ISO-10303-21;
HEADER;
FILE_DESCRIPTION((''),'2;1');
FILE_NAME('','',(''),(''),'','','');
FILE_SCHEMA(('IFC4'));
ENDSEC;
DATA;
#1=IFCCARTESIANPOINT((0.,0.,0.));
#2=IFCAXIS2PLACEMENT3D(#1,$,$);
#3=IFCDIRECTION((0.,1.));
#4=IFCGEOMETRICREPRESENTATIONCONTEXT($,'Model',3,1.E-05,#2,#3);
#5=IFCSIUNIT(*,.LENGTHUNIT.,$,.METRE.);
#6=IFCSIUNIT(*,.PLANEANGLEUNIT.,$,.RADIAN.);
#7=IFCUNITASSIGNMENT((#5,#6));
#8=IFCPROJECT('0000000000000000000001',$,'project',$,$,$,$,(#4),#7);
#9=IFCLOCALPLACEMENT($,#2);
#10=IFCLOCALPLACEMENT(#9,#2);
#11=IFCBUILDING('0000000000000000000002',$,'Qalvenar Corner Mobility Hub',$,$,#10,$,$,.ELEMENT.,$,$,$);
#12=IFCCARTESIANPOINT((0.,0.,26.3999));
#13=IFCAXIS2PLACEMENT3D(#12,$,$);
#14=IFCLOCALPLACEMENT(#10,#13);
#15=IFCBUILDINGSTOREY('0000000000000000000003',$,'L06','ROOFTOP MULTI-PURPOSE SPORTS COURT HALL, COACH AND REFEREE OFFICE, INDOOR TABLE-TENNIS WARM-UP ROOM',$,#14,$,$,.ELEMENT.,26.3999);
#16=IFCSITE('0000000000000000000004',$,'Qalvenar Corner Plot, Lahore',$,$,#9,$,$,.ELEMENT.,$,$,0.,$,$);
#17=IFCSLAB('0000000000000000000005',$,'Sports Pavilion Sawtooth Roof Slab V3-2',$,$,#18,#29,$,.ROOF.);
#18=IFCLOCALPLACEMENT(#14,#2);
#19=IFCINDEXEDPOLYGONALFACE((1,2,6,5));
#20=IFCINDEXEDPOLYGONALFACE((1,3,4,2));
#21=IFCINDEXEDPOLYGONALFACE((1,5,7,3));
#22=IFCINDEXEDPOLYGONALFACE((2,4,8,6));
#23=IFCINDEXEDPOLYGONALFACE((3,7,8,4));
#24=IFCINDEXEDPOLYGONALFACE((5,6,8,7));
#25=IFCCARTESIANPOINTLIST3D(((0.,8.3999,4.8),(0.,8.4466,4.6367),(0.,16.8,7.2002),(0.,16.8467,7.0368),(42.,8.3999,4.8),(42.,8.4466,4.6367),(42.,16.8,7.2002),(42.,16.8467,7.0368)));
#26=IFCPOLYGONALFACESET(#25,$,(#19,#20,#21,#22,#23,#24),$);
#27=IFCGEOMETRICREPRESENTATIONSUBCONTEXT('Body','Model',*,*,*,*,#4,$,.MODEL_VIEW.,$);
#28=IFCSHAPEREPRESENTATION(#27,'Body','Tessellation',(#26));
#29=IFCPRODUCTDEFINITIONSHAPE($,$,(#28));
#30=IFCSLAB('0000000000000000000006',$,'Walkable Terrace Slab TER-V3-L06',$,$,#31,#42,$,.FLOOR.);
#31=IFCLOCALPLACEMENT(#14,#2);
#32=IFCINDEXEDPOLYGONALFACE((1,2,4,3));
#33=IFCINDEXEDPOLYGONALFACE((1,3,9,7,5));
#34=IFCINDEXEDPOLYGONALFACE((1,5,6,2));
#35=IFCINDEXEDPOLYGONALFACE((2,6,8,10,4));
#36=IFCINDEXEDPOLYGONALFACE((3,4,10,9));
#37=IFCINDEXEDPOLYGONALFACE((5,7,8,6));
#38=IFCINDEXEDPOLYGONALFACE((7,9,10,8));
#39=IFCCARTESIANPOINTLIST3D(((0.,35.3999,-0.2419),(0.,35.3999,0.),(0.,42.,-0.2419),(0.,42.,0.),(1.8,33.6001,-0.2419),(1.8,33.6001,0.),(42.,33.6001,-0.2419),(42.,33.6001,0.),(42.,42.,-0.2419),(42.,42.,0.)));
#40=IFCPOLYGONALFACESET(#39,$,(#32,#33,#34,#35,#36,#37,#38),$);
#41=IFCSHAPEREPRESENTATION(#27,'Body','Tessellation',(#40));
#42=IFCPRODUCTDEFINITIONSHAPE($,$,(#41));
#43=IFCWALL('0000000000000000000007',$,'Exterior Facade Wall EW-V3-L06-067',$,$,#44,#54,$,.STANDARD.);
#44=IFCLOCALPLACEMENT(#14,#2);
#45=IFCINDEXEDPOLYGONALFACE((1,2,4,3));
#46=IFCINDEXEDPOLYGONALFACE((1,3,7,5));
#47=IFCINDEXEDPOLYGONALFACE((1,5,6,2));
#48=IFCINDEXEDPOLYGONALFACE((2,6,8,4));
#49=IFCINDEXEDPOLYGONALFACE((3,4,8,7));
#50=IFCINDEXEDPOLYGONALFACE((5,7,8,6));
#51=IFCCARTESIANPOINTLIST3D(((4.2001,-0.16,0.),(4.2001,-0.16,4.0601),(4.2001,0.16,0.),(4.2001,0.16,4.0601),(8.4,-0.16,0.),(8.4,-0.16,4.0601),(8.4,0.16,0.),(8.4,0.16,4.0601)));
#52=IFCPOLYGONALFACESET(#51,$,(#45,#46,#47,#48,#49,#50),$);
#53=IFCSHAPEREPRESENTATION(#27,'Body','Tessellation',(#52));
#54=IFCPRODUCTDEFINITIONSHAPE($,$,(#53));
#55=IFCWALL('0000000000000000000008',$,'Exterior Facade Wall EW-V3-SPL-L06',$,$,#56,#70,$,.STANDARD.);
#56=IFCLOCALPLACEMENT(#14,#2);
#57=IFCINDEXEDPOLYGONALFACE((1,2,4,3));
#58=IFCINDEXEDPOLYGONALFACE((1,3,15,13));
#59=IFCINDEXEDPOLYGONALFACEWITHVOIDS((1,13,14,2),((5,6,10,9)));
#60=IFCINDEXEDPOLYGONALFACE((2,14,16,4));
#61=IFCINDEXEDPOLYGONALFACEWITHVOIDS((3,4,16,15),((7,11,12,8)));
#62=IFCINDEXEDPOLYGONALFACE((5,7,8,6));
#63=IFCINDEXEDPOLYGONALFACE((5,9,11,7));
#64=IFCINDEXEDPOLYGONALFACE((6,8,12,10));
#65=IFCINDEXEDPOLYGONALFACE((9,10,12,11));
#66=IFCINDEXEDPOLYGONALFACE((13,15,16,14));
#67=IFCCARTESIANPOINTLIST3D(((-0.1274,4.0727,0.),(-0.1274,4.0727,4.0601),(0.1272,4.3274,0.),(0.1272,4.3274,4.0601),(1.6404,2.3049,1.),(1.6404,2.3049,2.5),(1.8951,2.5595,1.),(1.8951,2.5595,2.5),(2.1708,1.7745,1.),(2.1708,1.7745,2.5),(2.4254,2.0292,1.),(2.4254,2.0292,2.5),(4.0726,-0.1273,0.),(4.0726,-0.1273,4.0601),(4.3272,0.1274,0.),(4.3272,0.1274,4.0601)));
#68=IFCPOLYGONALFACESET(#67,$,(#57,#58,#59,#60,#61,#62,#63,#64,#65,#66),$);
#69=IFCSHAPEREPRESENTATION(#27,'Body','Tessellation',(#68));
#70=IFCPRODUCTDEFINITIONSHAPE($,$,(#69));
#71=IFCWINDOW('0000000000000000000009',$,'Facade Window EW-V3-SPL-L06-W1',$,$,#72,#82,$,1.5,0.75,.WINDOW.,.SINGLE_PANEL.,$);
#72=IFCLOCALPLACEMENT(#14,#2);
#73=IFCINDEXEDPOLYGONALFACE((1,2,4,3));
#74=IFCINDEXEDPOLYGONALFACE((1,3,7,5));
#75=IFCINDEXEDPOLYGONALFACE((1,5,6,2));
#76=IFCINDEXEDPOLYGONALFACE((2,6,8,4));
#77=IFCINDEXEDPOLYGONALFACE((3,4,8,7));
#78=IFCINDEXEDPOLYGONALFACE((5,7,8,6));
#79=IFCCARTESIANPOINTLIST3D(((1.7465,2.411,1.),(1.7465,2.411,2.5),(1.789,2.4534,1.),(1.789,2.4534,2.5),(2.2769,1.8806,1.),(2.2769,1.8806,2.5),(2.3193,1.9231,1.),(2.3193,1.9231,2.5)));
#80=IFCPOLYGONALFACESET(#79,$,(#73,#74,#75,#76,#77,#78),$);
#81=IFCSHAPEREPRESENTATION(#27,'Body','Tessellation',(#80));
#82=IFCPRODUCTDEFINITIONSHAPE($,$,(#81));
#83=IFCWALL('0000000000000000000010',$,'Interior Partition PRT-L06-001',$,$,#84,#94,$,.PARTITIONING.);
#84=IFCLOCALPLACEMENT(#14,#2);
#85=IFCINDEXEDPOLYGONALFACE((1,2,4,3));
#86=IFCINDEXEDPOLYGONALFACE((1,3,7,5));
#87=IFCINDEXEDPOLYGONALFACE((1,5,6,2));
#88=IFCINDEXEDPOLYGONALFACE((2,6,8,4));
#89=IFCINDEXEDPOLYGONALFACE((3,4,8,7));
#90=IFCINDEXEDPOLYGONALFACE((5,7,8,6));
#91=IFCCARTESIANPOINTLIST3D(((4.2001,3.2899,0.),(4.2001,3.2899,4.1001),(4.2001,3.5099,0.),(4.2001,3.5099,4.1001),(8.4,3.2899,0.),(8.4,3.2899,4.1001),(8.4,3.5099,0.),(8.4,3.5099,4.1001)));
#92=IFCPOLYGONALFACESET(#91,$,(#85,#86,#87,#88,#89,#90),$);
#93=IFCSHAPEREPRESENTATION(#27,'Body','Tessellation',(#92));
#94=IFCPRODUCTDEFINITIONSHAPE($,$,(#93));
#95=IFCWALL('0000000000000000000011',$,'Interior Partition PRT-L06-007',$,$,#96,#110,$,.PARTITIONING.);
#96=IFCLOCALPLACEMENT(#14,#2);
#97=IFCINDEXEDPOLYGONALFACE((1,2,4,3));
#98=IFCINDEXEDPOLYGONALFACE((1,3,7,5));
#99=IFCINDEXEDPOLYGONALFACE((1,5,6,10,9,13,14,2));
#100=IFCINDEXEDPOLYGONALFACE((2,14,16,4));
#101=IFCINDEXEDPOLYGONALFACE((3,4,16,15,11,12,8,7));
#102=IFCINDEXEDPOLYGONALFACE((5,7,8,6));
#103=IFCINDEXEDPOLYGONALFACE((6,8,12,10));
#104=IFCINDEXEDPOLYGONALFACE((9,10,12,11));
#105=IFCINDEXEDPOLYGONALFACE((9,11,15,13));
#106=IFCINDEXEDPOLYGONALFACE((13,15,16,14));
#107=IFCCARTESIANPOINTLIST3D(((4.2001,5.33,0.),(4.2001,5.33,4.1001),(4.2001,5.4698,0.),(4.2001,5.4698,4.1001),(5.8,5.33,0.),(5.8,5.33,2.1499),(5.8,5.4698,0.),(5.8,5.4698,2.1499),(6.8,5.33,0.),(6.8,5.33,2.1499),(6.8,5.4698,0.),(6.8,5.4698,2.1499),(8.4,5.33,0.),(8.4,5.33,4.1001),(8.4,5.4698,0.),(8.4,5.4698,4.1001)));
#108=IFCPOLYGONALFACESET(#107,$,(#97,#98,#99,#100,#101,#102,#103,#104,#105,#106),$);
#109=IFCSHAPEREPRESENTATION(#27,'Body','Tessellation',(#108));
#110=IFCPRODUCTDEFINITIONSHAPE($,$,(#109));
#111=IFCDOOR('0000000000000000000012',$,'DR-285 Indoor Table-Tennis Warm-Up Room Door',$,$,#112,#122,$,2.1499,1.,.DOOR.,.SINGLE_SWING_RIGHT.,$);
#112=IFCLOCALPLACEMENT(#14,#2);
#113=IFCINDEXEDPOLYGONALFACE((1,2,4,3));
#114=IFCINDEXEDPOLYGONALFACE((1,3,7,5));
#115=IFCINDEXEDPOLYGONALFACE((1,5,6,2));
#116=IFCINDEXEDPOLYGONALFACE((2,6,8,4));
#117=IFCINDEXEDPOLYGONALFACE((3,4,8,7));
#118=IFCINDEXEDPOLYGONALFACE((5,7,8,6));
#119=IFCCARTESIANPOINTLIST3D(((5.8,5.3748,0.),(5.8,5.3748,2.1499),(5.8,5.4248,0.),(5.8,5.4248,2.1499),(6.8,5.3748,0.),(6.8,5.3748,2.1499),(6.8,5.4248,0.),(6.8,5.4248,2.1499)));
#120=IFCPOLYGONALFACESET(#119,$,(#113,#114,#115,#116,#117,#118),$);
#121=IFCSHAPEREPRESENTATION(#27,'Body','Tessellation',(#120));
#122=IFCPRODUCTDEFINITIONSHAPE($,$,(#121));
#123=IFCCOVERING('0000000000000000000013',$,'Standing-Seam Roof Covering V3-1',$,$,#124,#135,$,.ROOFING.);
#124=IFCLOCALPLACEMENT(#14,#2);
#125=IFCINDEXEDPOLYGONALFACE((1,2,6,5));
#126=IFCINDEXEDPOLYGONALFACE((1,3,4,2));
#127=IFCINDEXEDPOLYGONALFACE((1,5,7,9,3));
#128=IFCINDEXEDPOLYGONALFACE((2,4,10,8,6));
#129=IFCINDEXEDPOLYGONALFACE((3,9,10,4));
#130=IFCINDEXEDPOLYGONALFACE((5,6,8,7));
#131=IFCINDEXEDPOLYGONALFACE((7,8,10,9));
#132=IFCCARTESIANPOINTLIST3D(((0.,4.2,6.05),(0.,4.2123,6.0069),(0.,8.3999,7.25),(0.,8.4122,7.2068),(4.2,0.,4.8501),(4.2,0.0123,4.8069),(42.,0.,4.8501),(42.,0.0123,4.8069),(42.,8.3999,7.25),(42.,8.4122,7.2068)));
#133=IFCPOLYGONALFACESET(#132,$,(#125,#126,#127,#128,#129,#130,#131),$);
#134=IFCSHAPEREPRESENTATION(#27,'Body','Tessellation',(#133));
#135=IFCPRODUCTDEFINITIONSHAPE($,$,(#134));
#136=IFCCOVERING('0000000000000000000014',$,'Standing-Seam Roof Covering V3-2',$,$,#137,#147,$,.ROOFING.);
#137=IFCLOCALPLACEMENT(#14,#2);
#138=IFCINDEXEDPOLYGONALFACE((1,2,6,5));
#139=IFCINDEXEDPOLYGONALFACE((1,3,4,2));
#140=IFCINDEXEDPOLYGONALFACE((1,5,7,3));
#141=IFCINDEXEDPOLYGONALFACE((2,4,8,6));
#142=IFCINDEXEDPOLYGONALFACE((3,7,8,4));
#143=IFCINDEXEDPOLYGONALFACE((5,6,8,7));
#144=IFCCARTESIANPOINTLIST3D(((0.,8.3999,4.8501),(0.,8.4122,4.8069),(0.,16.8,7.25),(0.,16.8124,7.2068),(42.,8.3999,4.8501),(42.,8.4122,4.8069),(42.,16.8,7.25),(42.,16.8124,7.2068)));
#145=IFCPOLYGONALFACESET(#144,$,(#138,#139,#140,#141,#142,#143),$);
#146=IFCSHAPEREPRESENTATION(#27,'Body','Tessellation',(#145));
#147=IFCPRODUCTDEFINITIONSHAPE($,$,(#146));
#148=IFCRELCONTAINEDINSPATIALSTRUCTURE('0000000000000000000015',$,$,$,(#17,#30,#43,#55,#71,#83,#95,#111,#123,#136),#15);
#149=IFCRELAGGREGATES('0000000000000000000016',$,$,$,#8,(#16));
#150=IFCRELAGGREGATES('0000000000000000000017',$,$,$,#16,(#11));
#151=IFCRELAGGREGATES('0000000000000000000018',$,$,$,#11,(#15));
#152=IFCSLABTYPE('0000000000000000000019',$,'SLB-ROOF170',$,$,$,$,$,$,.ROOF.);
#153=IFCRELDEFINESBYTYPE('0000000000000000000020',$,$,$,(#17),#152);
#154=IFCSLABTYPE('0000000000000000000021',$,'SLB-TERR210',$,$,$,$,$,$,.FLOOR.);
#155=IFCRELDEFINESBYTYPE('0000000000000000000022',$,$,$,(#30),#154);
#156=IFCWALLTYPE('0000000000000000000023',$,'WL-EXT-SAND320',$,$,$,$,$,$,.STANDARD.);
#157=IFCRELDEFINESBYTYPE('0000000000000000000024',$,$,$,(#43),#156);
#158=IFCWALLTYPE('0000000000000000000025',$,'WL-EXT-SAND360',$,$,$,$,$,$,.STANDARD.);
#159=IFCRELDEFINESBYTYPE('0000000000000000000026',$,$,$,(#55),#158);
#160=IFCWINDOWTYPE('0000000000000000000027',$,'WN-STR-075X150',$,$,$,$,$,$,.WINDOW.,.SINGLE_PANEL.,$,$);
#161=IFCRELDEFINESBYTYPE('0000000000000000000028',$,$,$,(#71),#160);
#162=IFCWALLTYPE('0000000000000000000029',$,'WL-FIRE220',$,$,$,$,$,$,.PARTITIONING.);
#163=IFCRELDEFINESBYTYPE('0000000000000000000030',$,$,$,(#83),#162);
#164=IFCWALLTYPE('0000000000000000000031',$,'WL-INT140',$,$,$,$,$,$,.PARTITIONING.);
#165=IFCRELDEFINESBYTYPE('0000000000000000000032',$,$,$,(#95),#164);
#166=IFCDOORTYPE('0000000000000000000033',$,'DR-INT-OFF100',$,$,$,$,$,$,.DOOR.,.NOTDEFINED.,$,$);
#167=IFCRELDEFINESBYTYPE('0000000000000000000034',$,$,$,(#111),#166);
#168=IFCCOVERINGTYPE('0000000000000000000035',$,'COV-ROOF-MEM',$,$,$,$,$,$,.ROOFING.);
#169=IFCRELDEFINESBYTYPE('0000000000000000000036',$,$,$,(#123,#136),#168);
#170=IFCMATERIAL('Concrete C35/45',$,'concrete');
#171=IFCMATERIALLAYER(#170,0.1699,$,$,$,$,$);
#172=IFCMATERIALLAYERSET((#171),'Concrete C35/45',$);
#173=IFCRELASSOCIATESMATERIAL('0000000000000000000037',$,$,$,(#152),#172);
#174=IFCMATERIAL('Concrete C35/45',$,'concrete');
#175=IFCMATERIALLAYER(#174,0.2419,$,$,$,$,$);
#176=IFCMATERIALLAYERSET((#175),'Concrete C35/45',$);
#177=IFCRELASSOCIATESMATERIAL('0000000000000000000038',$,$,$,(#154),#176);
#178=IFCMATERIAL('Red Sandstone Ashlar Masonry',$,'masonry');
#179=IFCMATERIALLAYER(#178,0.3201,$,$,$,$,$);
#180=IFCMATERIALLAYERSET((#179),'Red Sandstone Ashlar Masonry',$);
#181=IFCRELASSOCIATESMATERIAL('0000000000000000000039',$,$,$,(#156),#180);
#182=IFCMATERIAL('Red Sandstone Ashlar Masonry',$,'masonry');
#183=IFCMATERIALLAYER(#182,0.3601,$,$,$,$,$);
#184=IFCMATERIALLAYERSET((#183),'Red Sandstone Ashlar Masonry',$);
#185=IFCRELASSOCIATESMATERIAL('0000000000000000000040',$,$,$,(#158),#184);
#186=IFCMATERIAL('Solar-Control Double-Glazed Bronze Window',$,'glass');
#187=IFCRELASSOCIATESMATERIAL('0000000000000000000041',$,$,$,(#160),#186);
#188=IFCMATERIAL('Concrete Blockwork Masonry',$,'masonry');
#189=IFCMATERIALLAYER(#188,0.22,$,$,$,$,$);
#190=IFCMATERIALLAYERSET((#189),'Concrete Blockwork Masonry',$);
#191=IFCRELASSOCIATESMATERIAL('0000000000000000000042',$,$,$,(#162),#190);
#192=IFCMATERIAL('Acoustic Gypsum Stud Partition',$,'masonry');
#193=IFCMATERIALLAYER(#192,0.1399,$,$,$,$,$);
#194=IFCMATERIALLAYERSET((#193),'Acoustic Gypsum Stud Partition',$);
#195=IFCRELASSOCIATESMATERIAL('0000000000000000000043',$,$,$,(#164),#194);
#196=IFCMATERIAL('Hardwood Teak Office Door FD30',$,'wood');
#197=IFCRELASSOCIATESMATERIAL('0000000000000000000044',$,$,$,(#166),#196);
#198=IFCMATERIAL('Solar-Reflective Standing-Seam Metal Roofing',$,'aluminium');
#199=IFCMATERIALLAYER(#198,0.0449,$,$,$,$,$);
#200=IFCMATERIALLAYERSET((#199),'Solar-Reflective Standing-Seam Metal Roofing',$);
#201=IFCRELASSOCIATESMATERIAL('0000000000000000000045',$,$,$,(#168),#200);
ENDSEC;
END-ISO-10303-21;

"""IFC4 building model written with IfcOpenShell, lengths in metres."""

from ifc_helpers import new_model, si_unit, direction, frame, frame_2d, origin, place, context, subcontext, project, spatial, polyline, rectangle, outline, extrude, material, layer, layer_set, type_object, element, fill, save


model = new_model("IFC4")

# Units and contexts
model_context = context("Model", 3, precision=1e-05, world=origin(), true_north=direction((0.0, 1.0)))
body_context = subcontext(model_context, "Body", "Model", "MODEL_VIEW")
ifc_project = project(units=[si_unit("LENGTHUNIT", "METRE"), si_unit("PLANEANGLEUNIT", "RADIAN")], contexts=[model_context])

# Site, building, storey
site_placement = place(None, origin())
site = spatial("IfcSite", under=ifc_project, at=site_placement, Name="Qalvenar Corner Plot, Lahore", CompositionType="ELEMENT", RefElevation=0.0)
building_placement = place(site_placement, origin())
building = spatial("IfcBuilding", under=site, at=building_placement, Name="Qalvenar Corner Mobility Hub", CompositionType="ELEMENT")
storey_placement = place(building_placement, frame((0.0, 0.0, 26.3999)))
storey = spatial("IfcBuildingStorey", under=building, at=storey_placement, Name="L06", Description="ROOFTOP MULTI-PURPOSE SPORTS COURT HALL, COACH AND REFEREE OFFICE, INDOOR TABLE-TENNIS WARM-UP ROOM", CompositionType="ELEMENT", Elevation=26.3999)

# Slabs
ifc_material_1 = material(Name="Concrete C35/45", Category="concrete")
ifc_layer_1 = layer(ifc_material_1, 0.1699)
ifc_layer_set_1 = layer_set([ifc_layer_1], Name="Concrete C35/45")
slab_type_1 = type_object("IfcSlabType", Name="SLB-ROOF170", PredefinedType="ROOF", material=ifc_layer_set_1)
slab_1_placement = place(storey_placement, frame((0.0, 8.3999, 4.8), z_axis=(0.0, -0.274732, 0.961521), x_axis=(1.0, 0.0, 0.0)))
element("IfcSlab", 1, at=slab_1_placement, inside=storey, type_object=slab_type_1, Name="Sports Pavilion Sawtooth Roof Slab V3-2", PredefinedType="ROOF", context=body_context, shape_type="SweptSolid", body=[
    extrude(outline(polyline([(0.0, 0.0), (42.0, 0.0), (42.0, 8.7363), (0.0, 8.7363), (0.0, 0.0)])), origin(), (0.0, 0.0, -1.0), 0.1699),
])
ifc_material_2 = material(Name="Concrete C35/45", Category="concrete")
ifc_layer_2 = layer(ifc_material_2, 0.2419)
ifc_layer_set_2 = layer_set([ifc_layer_2], Name="Concrete C35/45")
slab_type_2 = type_object("IfcSlabType", Name="SLB-TERR210", PredefinedType="FLOOR", material=ifc_layer_set_2)
slab_2_placement = place(storey_placement, frame((0.0, 0.0, -0.2419)))
element("IfcSlab", 2, at=slab_2_placement, inside=storey, type_object=slab_type_2, Name="Walkable Terrace Slab TER-V3-L06", PredefinedType="FLOOR", context=body_context, shape_type="SweptSolid", body=[
    extrude(outline(polyline([(1.8, 33.6001), (42.0, 33.6001), (42.0, 42.0), (0.0, 42.0), (0.0, 35.3999), (1.8, 33.6001)])), origin(), (0.0, 0.0, 1.0), 0.2419),
])

# Wall
ifc_material_3 = material(Name="Red Sandstone Ashlar Masonry", Category="masonry")
ifc_layer_3 = layer(ifc_material_3, 0.3201)
ifc_layer_set_3 = layer_set([ifc_layer_3], Name="Red Sandstone Ashlar Masonry")
wall_type_1 = type_object("IfcWallType", Name="WL-EXT-SAND320", PredefinedType="STANDARD", material=ifc_layer_set_3)
wall_1_placement = place(storey_placement, frame((4.2, 0.0, 0.0), z_axis=(0.0, 0.0, 1.0), x_axis=(1.0, 0.0, 0.0)))
element("IfcWall", 3, at=wall_1_placement, inside=storey, type_object=wall_type_1, Name="Exterior Facade Wall EW-V3-L06-067", PredefinedType="STANDARD", context=body_context, shape_type="SweptSolid", body=[
    extrude(rectangle(XDim=4.2, YDim=0.3201, at=frame_2d((2.1001, 0.0))), origin(), (0.0, 0.0, 1.0), 4.0601),
])

# Wall, opening, window
ifc_material_4 = material(Name="Red Sandstone Ashlar Masonry", Category="masonry")
ifc_layer_4 = layer(ifc_material_4, 0.3601)
ifc_layer_set_4 = layer_set([ifc_layer_4], Name="Red Sandstone Ashlar Masonry")
wall_type_2 = type_object("IfcWallType", Name="WL-EXT-SAND360", PredefinedType="STANDARD", material=ifc_layer_set_4)
wall_2_placement = place(storey_placement, frame((0.0, 4.2, 0.0), z_axis=(0.0, 0.0, 1.0), x_axis=(0.707107, -0.707107, 0.0)))
wall_2 = element("IfcWall", 4, at=wall_2_placement, inside=storey, type_object=wall_type_2, Name="Exterior Facade Wall EW-V3-SPL-L06", PredefinedType="STANDARD", context=body_context, shape_type="SweptSolid", body=[
    extrude(rectangle(XDim=5.9397, YDim=0.3601, at=frame_2d((2.9697, 0.0))), origin(), (0.0, 0.0, 1.0), 4.0601),
])
opening_1_placement = place(wall_2_placement, frame((2.5, 0.0, 1.0)))
opening_1 = element("IfcOpeningElement", 5, at=opening_1_placement, cuts=wall_2, PredefinedType="OPENING", context=body_context, shape_type="SweptSolid", body=[
    extrude(rectangle(XDim=0.75, YDim=1.5, at=frame_2d((0.375, 0.75))), frame((0.0, 0.1899, 0.0), z_axis=(0.0, -1.0, 0.0), x_axis=(1.0, 0.0, 0.0)), (0.0, 0.0, 1.0), 0.3801),
])
ifc_material_5 = material(Name="Solar-Control Double-Glazed Bronze Window", Category="glass")
window_type = type_object("IfcWindowType", Name="WN-STR-075X150", PartitioningType="SINGLE_PANEL", PredefinedType="WINDOW", material=ifc_material_5)
window_placement = place(opening_1_placement, origin())
window = element("IfcWindow", 6, at=window_placement, inside=storey, type_object=window_type, Name="Facade Window EW-V3-SPL-L06-W1", OverallHeight=1.5, OverallWidth=0.75, PartitioningType="SINGLE_PANEL", PredefinedType="WINDOW", context=body_context, shape_type="SweptSolid", body=[
    extrude(rectangle(XDim=0.75, YDim=1.5, at=frame_2d((0.375, 0.75))), frame((0.0, 0.03, 0.0), z_axis=(0.0, -1.0, 0.0), x_axis=(1.0, 0.0, 0.0)), (0.0, 0.0, 1.0), 0.0601),
])
fill(opening_1, window)

# Wall
ifc_material_6 = material(Name="Concrete Blockwork Masonry", Category="masonry")
ifc_layer_5 = layer(ifc_material_6, 0.22)
ifc_layer_set_5 = layer_set([ifc_layer_5], Name="Concrete Blockwork Masonry")
wall_type_3 = type_object("IfcWallType", Name="WL-FIRE220", PredefinedType="PARTITIONING", material=ifc_layer_set_5)
wall_3_placement = place(storey_placement, frame((4.2, 3.3999, 0.0), z_axis=(0.0, 0.0, 1.0), x_axis=(1.0, 0.0, 0.0)))
element("IfcWall", 7, at=wall_3_placement, inside=storey, type_object=wall_type_3, Name="Interior Partition PRT-L06-001", PredefinedType="PARTITIONING", context=body_context, shape_type="SweptSolid", body=[
    extrude(rectangle(XDim=4.2, YDim=0.22, at=frame_2d((2.1001, 0.0))), origin(), (0.0, 0.0, 1.0), 4.1001),
])

# Wall, opening, door
ifc_material_7 = material(Name="Acoustic Gypsum Stud Partition", Category="masonry")
ifc_layer_6 = layer(ifc_material_7, 0.1399)
ifc_layer_set_6 = layer_set([ifc_layer_6], Name="Acoustic Gypsum Stud Partition")
wall_type_4 = type_object("IfcWallType", Name="WL-INT140", PredefinedType="PARTITIONING", material=ifc_layer_set_6)
wall_4_placement = place(storey_placement, frame((4.2, 5.3999, 0.0), z_axis=(0.0, 0.0, 1.0), x_axis=(1.0, 0.0, 0.0)))
wall_4 = element("IfcWall", 8, at=wall_4_placement, inside=storey, type_object=wall_type_4, Name="Interior Partition PRT-L06-007", PredefinedType="PARTITIONING", context=body_context, shape_type="SweptSolid", body=[
    extrude(rectangle(XDim=4.2, YDim=0.1399, at=frame_2d((2.1001, 0.0))), origin(), (0.0, 0.0, 1.0), 4.1001),
])
opening_2_placement = place(wall_4_placement, frame((1.6001, 0.0, 0.0)))
opening_2 = element("IfcOpeningElement", 9, at=opening_2_placement, cuts=wall_4, PredefinedType="OPENING", context=body_context, shape_type="SweptSolid", body=[
    extrude(rectangle(XDim=1.0, YDim=2.1499, at=frame_2d((0.5, 1.075))), frame((0.0, 0.0801, 0.0), z_axis=(0.0, -1.0, 0.0), x_axis=(1.0, 0.0, 0.0)), (0.0, 0.0, 1.0), 0.1599),
])
ifc_material_8 = material(Name="Hardwood Teak Office Door FD30", Category="wood")
door_type = type_object("IfcDoorType", Name="DR-INT-OFF100", OperationType="NOTDEFINED", PredefinedType="DOOR", material=ifc_material_8)
door_placement = place(opening_2_placement, origin())
door = element("IfcDoor", 10, at=door_placement, inside=storey, type_object=door_type, Name="DR-285 Indoor Table-Tennis Warm-Up Room Door", OperationType="SINGLE_SWING_RIGHT", OverallHeight=2.1499, OverallWidth=1.0, PredefinedType="DOOR", context=body_context, shape_type="SweptSolid", body=[
    extrude(rectangle(XDim=1.0, YDim=2.1499, at=frame_2d((0.5, 1.075))), frame((0.0, 0.0249, 0.0), z_axis=(0.0, -1.0, 0.0), x_axis=(1.0, 0.0, 0.0)), (0.0, 0.0, 1.0), 0.05),
])
fill(opening_2, door)

# Coverings
ifc_material_9 = material(Name="Solar-Reflective Standing-Seam Metal Roofing", Category="aluminium")
ifc_layer_7 = layer(ifc_material_9, 0.0449)
ifc_layer_set_7 = layer_set([ifc_layer_7], Name="Solar-Reflective Standing-Seam Metal Roofing")
covering_type = type_object("IfcCoveringType", Name="COV-ROOF-MEM", PredefinedType="ROOFING", material=ifc_layer_set_7)
covering_1_placement = place(storey_placement, frame((4.2, 0.0, 4.8501), z_axis=(0.0, -0.274714, 0.961526), x_axis=(1.0, 0.0, 0.0)))
element("IfcCovering", 11, at=covering_1_placement, inside=storey, type_object=covering_type, Name="Standing-Seam Roof Covering V3-1", PredefinedType="ROOFING", context=body_context, shape_type="SweptSolid", body=[
    extrude(outline(polyline([(0.0, 0.0), (37.8, 0.0), (37.8, 8.736), (-4.2, 8.736), (-4.2, 4.368), (0.0, 0.0)])), origin(), (0.0, 0.0, -1.0), 0.0449),
])
covering_2_placement = place(storey_placement, frame((0.0, 8.3999, 4.8501), z_axis=(0.0, -0.274706, 0.961528), x_axis=(1.0, 0.0, 0.0)))
element("IfcCovering", 12, at=covering_2_placement, inside=storey, type_object=covering_type, Name="Standing-Seam Roof Covering V3-2", PredefinedType="ROOFING", context=body_context, shape_type="SweptSolid", body=[
    extrude(outline(polyline([(0.0, 0.0), (42.0, 0.0), (42.0, 8.7362), (0.0, 8.7362), (0.0, 0.0)])), origin(), (0.0, 0.0, -1.0), 0.0449),
])

save(model, "model.ifc")
